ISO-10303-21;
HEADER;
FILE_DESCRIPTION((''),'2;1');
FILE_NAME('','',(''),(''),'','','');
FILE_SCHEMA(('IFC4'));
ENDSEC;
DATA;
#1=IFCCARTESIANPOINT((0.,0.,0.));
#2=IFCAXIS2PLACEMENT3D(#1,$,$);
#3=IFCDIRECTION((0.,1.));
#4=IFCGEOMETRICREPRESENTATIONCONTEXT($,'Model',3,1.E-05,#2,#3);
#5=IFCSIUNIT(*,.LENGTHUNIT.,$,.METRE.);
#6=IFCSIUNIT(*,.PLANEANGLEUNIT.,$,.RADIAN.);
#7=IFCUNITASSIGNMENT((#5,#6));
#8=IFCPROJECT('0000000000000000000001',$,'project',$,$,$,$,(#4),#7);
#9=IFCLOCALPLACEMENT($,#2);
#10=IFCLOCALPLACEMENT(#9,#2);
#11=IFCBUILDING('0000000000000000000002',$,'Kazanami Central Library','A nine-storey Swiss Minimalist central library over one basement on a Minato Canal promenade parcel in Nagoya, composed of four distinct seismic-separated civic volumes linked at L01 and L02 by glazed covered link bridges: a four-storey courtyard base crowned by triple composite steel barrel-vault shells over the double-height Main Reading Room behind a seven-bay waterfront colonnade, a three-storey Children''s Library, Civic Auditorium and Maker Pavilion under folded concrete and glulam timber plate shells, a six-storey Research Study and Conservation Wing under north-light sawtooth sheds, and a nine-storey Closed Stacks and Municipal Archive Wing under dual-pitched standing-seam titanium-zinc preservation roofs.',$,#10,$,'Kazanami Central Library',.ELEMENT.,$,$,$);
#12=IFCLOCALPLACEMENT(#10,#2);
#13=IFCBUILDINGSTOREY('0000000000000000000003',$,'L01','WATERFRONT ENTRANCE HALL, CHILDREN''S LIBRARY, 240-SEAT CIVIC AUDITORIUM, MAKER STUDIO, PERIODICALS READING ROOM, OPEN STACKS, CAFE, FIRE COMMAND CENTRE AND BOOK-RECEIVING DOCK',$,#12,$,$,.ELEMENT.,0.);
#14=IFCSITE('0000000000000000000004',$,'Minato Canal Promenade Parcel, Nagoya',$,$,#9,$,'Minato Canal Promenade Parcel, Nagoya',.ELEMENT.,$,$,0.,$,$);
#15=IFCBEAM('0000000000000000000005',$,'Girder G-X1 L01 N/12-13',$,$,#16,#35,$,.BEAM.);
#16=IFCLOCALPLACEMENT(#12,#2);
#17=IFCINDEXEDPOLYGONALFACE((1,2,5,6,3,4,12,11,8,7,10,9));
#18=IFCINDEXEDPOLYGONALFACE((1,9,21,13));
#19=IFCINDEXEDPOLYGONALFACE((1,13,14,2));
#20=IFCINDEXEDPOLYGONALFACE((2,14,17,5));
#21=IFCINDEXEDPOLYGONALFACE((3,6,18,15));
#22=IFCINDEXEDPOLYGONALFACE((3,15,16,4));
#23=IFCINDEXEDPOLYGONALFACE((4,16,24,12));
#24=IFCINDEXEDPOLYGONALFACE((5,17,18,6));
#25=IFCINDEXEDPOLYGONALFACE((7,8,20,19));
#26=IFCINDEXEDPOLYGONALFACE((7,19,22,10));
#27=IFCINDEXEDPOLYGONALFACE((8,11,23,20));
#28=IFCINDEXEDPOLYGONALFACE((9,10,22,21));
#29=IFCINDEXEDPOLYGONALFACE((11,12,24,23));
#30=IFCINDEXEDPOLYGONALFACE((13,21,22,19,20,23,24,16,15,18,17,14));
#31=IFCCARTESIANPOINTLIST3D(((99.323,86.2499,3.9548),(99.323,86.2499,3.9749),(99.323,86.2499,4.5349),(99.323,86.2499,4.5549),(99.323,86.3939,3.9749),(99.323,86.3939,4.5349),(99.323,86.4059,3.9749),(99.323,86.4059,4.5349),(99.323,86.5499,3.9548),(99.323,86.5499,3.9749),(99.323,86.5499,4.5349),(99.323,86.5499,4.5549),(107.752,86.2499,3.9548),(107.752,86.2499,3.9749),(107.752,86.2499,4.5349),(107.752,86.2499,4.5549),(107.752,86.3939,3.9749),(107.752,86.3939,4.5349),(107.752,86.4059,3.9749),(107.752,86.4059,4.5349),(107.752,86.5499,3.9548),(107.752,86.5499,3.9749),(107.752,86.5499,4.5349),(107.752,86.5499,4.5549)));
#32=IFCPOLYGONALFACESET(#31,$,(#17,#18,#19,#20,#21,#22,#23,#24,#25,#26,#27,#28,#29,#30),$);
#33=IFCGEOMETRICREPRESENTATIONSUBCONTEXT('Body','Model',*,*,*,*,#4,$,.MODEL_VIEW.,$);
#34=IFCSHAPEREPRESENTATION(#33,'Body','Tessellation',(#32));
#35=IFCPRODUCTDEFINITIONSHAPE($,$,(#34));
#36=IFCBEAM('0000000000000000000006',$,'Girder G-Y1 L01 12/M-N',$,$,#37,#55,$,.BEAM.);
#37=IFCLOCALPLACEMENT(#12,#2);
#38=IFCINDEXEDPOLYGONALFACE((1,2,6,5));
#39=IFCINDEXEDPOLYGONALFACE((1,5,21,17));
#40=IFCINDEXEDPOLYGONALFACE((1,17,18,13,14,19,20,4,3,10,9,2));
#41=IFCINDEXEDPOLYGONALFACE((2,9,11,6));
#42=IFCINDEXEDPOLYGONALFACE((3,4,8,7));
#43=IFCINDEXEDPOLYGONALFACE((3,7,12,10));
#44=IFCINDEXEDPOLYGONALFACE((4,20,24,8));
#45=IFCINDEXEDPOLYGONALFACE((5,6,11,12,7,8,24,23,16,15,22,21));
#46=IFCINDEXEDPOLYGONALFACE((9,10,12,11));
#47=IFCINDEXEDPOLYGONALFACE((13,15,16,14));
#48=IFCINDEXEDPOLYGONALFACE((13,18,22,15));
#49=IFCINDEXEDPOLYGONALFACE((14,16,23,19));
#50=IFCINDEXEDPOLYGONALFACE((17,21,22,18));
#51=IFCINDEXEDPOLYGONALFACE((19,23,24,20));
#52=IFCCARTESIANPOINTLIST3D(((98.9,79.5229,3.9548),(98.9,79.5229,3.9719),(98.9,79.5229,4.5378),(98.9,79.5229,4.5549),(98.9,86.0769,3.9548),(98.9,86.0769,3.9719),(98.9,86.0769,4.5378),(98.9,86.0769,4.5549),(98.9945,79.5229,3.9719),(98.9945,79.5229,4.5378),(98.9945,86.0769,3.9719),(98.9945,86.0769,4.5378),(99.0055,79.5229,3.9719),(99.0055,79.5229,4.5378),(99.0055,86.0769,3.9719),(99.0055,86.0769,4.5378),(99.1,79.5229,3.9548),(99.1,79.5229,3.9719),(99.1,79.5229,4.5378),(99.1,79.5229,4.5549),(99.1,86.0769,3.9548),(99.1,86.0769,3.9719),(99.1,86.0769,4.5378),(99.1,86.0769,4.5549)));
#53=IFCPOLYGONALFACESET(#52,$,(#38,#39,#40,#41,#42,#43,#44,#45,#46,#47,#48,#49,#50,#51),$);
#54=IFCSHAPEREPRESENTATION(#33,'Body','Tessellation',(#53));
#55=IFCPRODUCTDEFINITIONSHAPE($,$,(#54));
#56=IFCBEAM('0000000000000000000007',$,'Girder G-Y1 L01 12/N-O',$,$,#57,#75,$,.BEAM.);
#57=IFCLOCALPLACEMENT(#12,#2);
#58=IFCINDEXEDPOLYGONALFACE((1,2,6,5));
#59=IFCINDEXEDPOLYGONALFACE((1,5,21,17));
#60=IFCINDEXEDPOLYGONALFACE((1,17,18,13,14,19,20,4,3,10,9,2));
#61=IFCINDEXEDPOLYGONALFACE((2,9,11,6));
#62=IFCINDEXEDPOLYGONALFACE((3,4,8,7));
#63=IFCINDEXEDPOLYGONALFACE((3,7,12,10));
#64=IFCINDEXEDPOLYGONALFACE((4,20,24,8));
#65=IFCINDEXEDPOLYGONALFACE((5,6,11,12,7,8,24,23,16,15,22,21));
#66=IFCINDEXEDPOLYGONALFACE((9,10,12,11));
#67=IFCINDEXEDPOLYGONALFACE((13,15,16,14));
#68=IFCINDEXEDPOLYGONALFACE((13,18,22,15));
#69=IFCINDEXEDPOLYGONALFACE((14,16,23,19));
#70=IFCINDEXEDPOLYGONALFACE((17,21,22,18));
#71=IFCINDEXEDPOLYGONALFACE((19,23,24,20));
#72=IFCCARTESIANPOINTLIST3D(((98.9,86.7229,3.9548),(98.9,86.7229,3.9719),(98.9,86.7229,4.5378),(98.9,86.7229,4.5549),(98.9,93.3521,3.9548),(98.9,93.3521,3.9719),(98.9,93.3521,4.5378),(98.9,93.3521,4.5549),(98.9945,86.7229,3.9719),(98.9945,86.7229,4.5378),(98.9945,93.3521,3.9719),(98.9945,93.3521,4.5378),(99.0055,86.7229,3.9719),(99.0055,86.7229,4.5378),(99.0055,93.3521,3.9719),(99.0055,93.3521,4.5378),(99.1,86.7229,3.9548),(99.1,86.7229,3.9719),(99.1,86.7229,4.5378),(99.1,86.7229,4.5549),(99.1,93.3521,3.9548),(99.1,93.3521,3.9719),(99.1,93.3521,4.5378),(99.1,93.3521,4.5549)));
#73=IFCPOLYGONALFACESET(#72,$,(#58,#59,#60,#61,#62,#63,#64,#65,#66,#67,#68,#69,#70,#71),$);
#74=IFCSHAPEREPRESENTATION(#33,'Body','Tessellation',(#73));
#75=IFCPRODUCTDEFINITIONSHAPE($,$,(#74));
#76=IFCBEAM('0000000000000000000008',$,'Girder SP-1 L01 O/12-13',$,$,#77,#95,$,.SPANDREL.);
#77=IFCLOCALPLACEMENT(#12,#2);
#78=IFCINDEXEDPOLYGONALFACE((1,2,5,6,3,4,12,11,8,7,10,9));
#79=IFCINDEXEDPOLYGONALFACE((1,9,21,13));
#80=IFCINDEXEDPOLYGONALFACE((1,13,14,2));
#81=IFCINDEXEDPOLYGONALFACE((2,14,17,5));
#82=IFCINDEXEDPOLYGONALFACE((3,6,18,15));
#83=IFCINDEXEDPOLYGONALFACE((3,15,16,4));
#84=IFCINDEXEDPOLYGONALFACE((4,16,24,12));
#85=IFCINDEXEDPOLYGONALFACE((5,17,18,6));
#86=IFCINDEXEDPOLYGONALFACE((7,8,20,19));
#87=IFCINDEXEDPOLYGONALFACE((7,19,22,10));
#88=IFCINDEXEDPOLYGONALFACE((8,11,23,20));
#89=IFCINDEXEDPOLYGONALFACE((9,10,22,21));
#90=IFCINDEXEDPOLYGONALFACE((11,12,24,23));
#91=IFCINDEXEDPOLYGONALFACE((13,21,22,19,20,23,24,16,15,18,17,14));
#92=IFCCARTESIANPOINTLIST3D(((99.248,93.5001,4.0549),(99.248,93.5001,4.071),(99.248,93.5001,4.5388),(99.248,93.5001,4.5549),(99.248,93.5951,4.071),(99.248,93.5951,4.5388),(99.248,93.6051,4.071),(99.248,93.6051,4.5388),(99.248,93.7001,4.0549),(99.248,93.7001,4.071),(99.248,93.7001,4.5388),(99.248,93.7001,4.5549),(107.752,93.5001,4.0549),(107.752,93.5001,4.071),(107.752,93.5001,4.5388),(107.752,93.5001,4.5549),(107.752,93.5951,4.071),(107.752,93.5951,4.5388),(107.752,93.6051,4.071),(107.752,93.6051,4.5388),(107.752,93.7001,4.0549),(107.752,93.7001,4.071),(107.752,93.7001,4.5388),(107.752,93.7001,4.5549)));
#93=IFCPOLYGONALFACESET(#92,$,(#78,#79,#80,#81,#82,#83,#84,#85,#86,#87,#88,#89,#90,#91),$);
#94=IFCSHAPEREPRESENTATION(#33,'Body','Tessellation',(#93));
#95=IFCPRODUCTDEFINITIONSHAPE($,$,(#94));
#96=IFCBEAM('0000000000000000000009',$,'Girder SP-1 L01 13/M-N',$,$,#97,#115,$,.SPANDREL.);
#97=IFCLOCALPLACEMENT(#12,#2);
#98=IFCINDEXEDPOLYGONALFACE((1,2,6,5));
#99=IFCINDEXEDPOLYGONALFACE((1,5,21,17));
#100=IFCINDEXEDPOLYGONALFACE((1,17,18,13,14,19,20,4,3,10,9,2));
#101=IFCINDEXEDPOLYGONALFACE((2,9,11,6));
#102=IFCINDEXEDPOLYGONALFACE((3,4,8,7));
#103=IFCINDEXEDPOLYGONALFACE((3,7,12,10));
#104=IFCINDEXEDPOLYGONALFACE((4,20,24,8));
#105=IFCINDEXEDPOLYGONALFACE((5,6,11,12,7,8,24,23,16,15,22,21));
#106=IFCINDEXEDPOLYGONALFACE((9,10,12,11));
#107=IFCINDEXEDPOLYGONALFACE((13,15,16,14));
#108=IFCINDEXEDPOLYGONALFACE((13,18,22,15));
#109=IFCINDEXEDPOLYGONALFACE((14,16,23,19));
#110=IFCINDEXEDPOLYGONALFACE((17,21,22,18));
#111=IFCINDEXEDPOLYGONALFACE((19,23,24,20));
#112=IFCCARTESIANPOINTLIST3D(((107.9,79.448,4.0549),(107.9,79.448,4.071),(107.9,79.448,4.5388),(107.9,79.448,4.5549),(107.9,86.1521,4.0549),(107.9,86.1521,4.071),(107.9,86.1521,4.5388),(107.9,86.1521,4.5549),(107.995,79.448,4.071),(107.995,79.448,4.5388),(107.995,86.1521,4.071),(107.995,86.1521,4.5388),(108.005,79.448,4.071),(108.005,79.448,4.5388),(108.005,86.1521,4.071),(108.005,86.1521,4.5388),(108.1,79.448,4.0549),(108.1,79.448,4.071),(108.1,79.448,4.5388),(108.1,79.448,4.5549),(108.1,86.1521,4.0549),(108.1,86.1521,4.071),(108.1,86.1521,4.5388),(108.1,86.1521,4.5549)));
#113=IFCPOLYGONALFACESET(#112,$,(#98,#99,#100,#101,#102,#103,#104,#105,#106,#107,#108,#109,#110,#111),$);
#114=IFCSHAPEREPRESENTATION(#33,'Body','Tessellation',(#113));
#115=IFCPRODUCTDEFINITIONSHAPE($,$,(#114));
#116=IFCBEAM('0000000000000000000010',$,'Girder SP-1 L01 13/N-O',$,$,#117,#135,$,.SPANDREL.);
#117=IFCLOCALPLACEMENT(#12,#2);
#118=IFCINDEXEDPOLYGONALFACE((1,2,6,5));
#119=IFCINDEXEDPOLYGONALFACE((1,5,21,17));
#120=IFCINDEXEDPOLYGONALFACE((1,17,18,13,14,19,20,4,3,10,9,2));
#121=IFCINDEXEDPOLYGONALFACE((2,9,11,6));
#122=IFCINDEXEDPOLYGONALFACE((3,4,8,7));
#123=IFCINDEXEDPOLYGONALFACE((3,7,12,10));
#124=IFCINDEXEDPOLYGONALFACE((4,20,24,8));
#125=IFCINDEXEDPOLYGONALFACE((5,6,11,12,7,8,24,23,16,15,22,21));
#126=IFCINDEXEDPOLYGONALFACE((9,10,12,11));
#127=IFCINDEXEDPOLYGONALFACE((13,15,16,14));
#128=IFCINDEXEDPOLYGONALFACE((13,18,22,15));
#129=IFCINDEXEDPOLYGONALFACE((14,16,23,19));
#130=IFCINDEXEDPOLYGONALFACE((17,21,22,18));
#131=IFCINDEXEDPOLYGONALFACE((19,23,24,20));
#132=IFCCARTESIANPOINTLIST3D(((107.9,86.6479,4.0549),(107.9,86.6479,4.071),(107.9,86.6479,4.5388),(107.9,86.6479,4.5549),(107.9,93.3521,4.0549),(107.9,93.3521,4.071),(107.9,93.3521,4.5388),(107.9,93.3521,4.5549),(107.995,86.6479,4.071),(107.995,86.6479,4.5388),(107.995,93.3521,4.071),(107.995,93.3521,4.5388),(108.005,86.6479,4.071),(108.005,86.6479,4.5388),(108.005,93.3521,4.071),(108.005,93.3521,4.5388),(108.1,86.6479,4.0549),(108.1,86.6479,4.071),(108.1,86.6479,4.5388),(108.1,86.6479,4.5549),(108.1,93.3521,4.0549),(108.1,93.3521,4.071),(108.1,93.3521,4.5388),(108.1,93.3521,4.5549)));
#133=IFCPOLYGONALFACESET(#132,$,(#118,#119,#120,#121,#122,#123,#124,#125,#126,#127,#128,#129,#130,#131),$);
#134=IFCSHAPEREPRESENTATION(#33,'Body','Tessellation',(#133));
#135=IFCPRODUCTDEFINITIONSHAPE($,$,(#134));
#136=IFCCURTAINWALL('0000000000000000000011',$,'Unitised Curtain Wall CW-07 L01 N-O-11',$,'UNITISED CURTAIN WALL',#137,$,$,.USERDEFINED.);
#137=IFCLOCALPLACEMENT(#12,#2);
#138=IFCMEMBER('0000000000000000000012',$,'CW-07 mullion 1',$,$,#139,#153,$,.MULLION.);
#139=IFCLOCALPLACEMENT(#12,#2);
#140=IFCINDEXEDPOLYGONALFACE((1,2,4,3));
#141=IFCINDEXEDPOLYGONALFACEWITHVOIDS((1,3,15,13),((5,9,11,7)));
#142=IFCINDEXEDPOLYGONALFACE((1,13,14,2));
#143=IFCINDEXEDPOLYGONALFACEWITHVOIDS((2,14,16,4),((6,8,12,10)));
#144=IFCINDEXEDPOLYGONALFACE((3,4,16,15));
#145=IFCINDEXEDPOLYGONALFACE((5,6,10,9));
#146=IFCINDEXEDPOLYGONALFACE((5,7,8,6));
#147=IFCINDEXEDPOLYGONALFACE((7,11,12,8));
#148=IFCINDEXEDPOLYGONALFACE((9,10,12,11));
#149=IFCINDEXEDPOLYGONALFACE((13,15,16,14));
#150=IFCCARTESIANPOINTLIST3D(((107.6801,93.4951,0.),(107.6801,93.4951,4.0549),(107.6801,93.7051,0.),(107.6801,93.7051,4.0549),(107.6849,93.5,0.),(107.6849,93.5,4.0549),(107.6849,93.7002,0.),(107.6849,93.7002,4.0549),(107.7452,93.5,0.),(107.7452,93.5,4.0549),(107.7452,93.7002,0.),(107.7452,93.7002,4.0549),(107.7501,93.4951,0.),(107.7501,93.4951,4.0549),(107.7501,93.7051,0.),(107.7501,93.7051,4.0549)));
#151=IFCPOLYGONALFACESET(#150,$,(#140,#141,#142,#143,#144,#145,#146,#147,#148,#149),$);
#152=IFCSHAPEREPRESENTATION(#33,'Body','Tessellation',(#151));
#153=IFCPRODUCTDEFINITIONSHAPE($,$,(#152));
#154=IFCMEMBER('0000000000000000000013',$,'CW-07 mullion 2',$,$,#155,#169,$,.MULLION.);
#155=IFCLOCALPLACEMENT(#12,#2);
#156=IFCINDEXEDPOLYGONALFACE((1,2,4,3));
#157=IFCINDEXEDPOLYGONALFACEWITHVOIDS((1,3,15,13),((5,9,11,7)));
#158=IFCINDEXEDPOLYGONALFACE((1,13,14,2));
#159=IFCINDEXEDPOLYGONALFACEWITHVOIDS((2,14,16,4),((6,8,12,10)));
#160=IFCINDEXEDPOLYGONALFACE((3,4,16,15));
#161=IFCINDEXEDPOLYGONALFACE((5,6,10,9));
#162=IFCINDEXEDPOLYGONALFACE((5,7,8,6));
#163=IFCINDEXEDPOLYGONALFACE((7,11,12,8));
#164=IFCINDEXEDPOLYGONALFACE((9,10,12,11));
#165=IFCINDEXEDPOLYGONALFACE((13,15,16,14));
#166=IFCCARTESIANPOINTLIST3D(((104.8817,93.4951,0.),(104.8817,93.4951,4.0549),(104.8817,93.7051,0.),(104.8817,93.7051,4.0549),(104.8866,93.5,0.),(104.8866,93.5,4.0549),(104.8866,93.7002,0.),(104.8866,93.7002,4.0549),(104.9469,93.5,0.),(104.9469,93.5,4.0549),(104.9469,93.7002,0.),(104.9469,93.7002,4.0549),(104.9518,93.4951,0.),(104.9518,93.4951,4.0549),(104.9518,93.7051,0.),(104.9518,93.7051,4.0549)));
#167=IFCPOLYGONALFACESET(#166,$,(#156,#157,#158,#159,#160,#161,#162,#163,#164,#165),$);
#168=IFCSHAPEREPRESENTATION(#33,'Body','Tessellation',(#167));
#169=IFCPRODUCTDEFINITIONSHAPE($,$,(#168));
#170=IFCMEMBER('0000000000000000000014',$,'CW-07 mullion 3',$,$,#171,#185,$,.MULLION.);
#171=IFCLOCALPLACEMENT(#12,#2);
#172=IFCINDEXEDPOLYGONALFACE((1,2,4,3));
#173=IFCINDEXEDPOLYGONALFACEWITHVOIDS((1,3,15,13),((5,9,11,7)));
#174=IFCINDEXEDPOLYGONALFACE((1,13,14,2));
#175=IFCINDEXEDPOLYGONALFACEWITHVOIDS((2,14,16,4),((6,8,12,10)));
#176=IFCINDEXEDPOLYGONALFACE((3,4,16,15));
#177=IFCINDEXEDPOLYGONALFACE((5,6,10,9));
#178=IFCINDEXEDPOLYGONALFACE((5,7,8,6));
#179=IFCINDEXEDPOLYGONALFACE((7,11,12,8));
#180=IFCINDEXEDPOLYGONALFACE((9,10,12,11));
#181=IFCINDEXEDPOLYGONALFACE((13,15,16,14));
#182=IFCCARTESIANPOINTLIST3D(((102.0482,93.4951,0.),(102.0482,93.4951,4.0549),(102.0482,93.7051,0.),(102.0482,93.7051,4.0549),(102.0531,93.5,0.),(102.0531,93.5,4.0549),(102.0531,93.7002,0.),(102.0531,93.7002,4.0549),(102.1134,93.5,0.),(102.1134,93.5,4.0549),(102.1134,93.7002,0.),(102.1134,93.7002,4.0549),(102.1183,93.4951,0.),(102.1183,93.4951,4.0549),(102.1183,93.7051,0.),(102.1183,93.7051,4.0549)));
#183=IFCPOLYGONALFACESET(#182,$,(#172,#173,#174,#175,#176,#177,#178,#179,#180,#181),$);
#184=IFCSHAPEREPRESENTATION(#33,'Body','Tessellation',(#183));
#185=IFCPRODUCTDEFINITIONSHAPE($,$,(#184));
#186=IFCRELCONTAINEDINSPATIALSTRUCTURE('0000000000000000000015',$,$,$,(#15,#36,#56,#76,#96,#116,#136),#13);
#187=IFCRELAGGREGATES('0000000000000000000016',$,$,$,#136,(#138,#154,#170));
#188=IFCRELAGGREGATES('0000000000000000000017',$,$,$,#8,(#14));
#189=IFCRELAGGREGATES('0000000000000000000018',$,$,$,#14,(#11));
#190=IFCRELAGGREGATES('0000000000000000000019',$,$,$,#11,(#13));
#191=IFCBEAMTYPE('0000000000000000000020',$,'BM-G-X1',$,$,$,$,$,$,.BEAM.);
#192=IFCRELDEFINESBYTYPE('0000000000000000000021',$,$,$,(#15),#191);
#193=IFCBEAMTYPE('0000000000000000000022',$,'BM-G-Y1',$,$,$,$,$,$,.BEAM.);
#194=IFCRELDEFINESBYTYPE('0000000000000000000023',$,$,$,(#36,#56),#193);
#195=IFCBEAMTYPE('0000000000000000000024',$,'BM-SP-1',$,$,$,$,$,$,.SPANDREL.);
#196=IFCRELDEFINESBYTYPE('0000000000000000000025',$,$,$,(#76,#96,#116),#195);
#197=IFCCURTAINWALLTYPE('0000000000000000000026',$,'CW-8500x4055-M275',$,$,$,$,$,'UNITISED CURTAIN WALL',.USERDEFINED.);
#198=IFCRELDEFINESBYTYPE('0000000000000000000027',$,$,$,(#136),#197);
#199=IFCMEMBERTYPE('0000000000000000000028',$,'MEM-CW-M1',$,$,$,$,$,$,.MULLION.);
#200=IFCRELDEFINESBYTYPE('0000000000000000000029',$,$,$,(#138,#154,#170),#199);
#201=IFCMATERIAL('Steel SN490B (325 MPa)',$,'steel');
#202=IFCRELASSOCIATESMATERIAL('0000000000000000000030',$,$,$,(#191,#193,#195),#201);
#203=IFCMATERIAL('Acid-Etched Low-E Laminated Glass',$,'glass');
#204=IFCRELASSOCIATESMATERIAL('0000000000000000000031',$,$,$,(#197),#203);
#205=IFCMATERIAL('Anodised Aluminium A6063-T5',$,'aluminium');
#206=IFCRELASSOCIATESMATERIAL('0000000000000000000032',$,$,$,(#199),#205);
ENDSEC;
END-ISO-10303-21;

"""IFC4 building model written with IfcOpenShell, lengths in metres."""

from ifc_helpers import new_model, si_unit, direction, frame, origin, origin_2d, place, context, subcontext, project, spatial, hollow_rectangle, i_section, extrude, material, material_profile, profile_set, type_object, element, aggregate, save


model = new_model("IFC4")

# Units and contexts
model_context = context("Model", 3, precision=1e-05, world=origin(), true_north=direction((0.0, 1.0)))
body_context = subcontext(model_context, "Body", "Model", "MODEL_VIEW")
ifc_project = project(units=[si_unit("LENGTHUNIT", "METRE"), si_unit("PLANEANGLEUNIT", "RADIAN")], contexts=[model_context])

# Site, building, storey
site_placement = place(None, origin())
site = spatial("IfcSite", under=ifc_project, at=site_placement, Name="Minato Canal Promenade Parcel, Nagoya", LongName="Minato Canal Promenade Parcel, Nagoya", CompositionType="ELEMENT", RefElevation=0.0)
building_placement = place(site_placement, origin())
building = spatial("IfcBuilding", under=site, at=building_placement, Name="Kazanami Central Library", Description="A nine-storey Swiss Minimalist central library over one basement on a Minato Canal promenade parcel in Nagoya, composed of four distinct seismic-separated civic volumes linked at L01 and L02 by glazed covered link bridges: a four-storey courtyard base crowned by triple composite steel barrel-vault shells over the double-height Main Reading Room behind a seven-bay waterfront colonnade, a three-storey Children's Library, Civic Auditorium and Maker Pavilion under folded concrete and glulam timber plate shells, a six-storey Research Study and Conservation Wing under north-light sawtooth sheds, and a nine-storey Closed Stacks and Municipal Archive Wing under dual-pitched standing-seam titanium-zinc preservation roofs.", LongName="Kazanami Central Library", CompositionType="ELEMENT")
storey_placement = place(building_placement, origin())
storey = spatial("IfcBuildingStorey", under=building, at=storey_placement, Name="L01", Description="WATERFRONT ENTRANCE HALL, CHILDREN'S LIBRARY, 240-SEAT CIVIC AUDITORIUM, MAKER STUDIO, PERIODICALS READING ROOM, OPEN STACKS, CAFE, FIRE COMMAND CENTRE AND BOOK-RECEIVING DOCK", CompositionType="ELEMENT", Elevation=0.0)

# Beams
ifc_material_1 = material(Name="Steel SN490B (325 MPa)", Category="steel")
ifc_material_profile_1 = material_profile(ifc_material_1, i_section(OverallWidth=0.3, OverallDepth=0.6001, WebThickness=0.012, FlangeThickness=0.02, at=origin_2d()), Name="H-600x300x12x20")
ifc_profile_set_1 = profile_set([ifc_material_profile_1], Name="Steel SN490B (325 MPa)")
beam_type_1 = type_object("IfcBeamType", Name="BM-G-X1", PredefinedType="BEAM", material=ifc_profile_set_1)
beam_1_placement = place(storey_placement, frame((99.323, 86.3999, 4.2549), z_axis=(1.0, 0.0, 0.0), x_axis=(0.0, 1.0, 0.0)))
element("IfcBeam", 1, at=beam_1_placement, inside=storey, type_object=beam_type_1, Name="Girder G-X1 L01 N/12-13", PredefinedType="BEAM", context=body_context, shape_type="SweptSolid", body=[
    extrude(i_section(OverallWidth=0.3, OverallDepth=0.6001, WebThickness=0.012, FlangeThickness=0.02, at=origin_2d()), origin(), (0.0, 0.0, 1.0), 8.429),
])
ifc_material_profile_2 = material_profile(ifc_material_1, i_section(OverallWidth=0.2, OverallDepth=0.6001, WebThickness=0.011, FlangeThickness=0.0171, at=origin_2d()), Name="H-600x200x11x17")
ifc_profile_set_2 = profile_set([ifc_material_profile_2], Name="Steel SN490B (325 MPa)")
beam_type_2 = type_object("IfcBeamType", Name="BM-G-Y1", PredefinedType="BEAM", material=ifc_profile_set_2)
beam_2_placement = place(storey_placement, frame((99.0, 79.5229, 4.2549), z_axis=(0.0, 1.0, 0.0), x_axis=(-1.0, 0.0, 0.0)))
element("IfcBeam", 2, at=beam_2_placement, inside=storey, type_object=beam_type_2, Name="Girder G-Y1 L01 12/M-N", PredefinedType="BEAM", context=body_context, shape_type="SweptSolid", body=[
    extrude(i_section(OverallWidth=0.2, OverallDepth=0.6001, WebThickness=0.011, FlangeThickness=0.0171, at=origin_2d()), origin(), (0.0, 0.0, 1.0), 6.554),
])
beam_3_placement = place(storey_placement, frame((99.0, 86.7229, 4.2549), z_axis=(0.0, 1.0, 0.0), x_axis=(-1.0, 0.0, 0.0)))
element("IfcBeam", 3, at=beam_3_placement, inside=storey, type_object=beam_type_2, Name="Girder G-Y1 L01 12/N-O", PredefinedType="BEAM", context=body_context, shape_type="SweptSolid", body=[
    extrude(i_section(OverallWidth=0.2, OverallDepth=0.6001, WebThickness=0.011, FlangeThickness=0.0171, at=origin_2d()), origin(), (0.0, 0.0, 1.0), 6.6292),
])
ifc_material_profile_3 = material_profile(ifc_material_1, i_section(OverallWidth=0.2, OverallDepth=0.5, WebThickness=0.01, FlangeThickness=0.0161, at=origin_2d()), Name="H-500x200x10x16")
ifc_profile_set_3 = profile_set([ifc_material_profile_3], Name="Steel SN490B (325 MPa)")
beam_type_3 = type_object("IfcBeamType", Name="BM-SP-1", PredefinedType="SPANDREL", material=ifc_profile_set_3)
beam_4_placement = place(storey_placement, frame((99.248, 93.6001, 4.3049), z_axis=(1.0, 0.0, 0.0), x_axis=(0.0, 1.0, 0.0)))
element("IfcBeam", 4, at=beam_4_placement, inside=storey, type_object=beam_type_3, Name="Girder SP-1 L01 O/12-13", PredefinedType="SPANDREL", context=body_context, shape_type="SweptSolid", body=[
    extrude(i_section(OverallWidth=0.2, OverallDepth=0.5, WebThickness=0.01, FlangeThickness=0.0161, at=origin_2d()), origin(), (0.0, 0.0, 1.0), 8.5039),
])
for number, where, z_axis, x_axis, name in (
    (5, (108.0, 79.448, 4.3049), (0.0, 1.0, 0.0), (-1.0, 0.0, 0.0), "Girder SP-1 L01 13/M-N"),
    (6, (108.0, 86.6479, 4.3049), (0.0, 1.0, 0.0), (-1.0, 0.0, 0.0), "Girder SP-1 L01 13/N-O"),
):
    element("IfcBeam", number, at=place(storey_placement, frame(where, z_axis=z_axis, x_axis=x_axis)), inside=storey, type_object=beam_type_3, Name=name, PredefinedType="SPANDREL", context=body_context, shape_type="SweptSolid", body=[
        extrude(i_section(OverallWidth=0.2, OverallDepth=0.5, WebThickness=0.01, FlangeThickness=0.0161, at=origin_2d()), origin(), (0.0, 0.0, 1.0), 6.7041),
    ])

# Curtain wall, members
ifc_material_2 = material(Name="Acid-Etched Low-E Laminated Glass", Category="glass")
curtain_wall_type = type_object("IfcCurtainWallType", Name="CW-8500x4055-M275", ElementType="UNITISED CURTAIN WALL", PredefinedType="USERDEFINED", material=ifc_material_2)
curtain_wall_placement = place(storey_placement, origin())
curtain_wall = element("IfcCurtainWall", 7, at=curtain_wall_placement, inside=storey, type_object=curtain_wall_type, Name="Unitised Curtain Wall CW-07 L01 N-O-11", ObjectType="UNITISED CURTAIN WALL", PredefinedType="USERDEFINED")
ifc_material_3 = material(Name="Anodised Aluminium A6063-T5", Category="aluminium")
ifc_material_profile_4 = material_profile(ifc_material_3, hollow_rectangle(XDim=0.0701, YDim=0.21, WallThickness=0.0049, at=origin_2d()), Name="ALU-MULL-70x210x5")
ifc_profile_set_4 = profile_set([ifc_material_profile_4], Name="Anodised Aluminium A6063-T5")
member_type_1 = type_object("IfcMemberType", Name="MEM-CW-M1", PredefinedType="MULLION", material=ifc_profile_set_4)
member_1_placement = place(storey_placement, frame((107.7151, 93.6001, 0.0), z_axis=(0.0, 0.0, 1.0), x_axis=(-1.0, 0.0, 0.0)))
member_1 = element("IfcMember", 8, at=member_1_placement, type_object=member_type_1, Name="CW-07 mullion 1", PredefinedType="MULLION", context=body_context, shape_type="SweptSolid", body=[
    extrude(hollow_rectangle(XDim=0.0701, YDim=0.21, WallThickness=0.0049, at=origin_2d()), origin(), (0.0, 0.0, 1.0), 4.0549),
])
member_2_placement = place(storey_placement, frame((104.9167, 93.6001, 0.0), z_axis=(0.0, 0.0, 1.0), x_axis=(-1.0, 0.0, 0.0)))
member_2 = element("IfcMember", 9, at=member_2_placement, type_object=member_type_1, Name="CW-07 mullion 2", PredefinedType="MULLION", context=body_context, shape_type="SweptSolid", body=[
    extrude(hollow_rectangle(XDim=0.0701, YDim=0.21, WallThickness=0.0049, at=origin_2d()), origin(), (0.0, 0.0, 1.0), 4.0549),
])
member_3_placement = place(storey_placement, frame((102.0833, 93.6001, 0.0), z_axis=(0.0, 0.0, 1.0), x_axis=(-1.0, 0.0, 0.0)))
member_3 = element("IfcMember", 10, at=member_3_placement, type_object=member_type_1, Name="CW-07 mullion 3", PredefinedType="MULLION", context=body_context, shape_type="SweptSolid", body=[
    extrude(hollow_rectangle(XDim=0.0701, YDim=0.21, WallThickness=0.0049, at=origin_2d()), origin(), (0.0, 0.0, 1.0), 4.0549),
])
aggregate(curtain_wall, [member_1, member_2, member_3])

save(model, "model.ifc")
